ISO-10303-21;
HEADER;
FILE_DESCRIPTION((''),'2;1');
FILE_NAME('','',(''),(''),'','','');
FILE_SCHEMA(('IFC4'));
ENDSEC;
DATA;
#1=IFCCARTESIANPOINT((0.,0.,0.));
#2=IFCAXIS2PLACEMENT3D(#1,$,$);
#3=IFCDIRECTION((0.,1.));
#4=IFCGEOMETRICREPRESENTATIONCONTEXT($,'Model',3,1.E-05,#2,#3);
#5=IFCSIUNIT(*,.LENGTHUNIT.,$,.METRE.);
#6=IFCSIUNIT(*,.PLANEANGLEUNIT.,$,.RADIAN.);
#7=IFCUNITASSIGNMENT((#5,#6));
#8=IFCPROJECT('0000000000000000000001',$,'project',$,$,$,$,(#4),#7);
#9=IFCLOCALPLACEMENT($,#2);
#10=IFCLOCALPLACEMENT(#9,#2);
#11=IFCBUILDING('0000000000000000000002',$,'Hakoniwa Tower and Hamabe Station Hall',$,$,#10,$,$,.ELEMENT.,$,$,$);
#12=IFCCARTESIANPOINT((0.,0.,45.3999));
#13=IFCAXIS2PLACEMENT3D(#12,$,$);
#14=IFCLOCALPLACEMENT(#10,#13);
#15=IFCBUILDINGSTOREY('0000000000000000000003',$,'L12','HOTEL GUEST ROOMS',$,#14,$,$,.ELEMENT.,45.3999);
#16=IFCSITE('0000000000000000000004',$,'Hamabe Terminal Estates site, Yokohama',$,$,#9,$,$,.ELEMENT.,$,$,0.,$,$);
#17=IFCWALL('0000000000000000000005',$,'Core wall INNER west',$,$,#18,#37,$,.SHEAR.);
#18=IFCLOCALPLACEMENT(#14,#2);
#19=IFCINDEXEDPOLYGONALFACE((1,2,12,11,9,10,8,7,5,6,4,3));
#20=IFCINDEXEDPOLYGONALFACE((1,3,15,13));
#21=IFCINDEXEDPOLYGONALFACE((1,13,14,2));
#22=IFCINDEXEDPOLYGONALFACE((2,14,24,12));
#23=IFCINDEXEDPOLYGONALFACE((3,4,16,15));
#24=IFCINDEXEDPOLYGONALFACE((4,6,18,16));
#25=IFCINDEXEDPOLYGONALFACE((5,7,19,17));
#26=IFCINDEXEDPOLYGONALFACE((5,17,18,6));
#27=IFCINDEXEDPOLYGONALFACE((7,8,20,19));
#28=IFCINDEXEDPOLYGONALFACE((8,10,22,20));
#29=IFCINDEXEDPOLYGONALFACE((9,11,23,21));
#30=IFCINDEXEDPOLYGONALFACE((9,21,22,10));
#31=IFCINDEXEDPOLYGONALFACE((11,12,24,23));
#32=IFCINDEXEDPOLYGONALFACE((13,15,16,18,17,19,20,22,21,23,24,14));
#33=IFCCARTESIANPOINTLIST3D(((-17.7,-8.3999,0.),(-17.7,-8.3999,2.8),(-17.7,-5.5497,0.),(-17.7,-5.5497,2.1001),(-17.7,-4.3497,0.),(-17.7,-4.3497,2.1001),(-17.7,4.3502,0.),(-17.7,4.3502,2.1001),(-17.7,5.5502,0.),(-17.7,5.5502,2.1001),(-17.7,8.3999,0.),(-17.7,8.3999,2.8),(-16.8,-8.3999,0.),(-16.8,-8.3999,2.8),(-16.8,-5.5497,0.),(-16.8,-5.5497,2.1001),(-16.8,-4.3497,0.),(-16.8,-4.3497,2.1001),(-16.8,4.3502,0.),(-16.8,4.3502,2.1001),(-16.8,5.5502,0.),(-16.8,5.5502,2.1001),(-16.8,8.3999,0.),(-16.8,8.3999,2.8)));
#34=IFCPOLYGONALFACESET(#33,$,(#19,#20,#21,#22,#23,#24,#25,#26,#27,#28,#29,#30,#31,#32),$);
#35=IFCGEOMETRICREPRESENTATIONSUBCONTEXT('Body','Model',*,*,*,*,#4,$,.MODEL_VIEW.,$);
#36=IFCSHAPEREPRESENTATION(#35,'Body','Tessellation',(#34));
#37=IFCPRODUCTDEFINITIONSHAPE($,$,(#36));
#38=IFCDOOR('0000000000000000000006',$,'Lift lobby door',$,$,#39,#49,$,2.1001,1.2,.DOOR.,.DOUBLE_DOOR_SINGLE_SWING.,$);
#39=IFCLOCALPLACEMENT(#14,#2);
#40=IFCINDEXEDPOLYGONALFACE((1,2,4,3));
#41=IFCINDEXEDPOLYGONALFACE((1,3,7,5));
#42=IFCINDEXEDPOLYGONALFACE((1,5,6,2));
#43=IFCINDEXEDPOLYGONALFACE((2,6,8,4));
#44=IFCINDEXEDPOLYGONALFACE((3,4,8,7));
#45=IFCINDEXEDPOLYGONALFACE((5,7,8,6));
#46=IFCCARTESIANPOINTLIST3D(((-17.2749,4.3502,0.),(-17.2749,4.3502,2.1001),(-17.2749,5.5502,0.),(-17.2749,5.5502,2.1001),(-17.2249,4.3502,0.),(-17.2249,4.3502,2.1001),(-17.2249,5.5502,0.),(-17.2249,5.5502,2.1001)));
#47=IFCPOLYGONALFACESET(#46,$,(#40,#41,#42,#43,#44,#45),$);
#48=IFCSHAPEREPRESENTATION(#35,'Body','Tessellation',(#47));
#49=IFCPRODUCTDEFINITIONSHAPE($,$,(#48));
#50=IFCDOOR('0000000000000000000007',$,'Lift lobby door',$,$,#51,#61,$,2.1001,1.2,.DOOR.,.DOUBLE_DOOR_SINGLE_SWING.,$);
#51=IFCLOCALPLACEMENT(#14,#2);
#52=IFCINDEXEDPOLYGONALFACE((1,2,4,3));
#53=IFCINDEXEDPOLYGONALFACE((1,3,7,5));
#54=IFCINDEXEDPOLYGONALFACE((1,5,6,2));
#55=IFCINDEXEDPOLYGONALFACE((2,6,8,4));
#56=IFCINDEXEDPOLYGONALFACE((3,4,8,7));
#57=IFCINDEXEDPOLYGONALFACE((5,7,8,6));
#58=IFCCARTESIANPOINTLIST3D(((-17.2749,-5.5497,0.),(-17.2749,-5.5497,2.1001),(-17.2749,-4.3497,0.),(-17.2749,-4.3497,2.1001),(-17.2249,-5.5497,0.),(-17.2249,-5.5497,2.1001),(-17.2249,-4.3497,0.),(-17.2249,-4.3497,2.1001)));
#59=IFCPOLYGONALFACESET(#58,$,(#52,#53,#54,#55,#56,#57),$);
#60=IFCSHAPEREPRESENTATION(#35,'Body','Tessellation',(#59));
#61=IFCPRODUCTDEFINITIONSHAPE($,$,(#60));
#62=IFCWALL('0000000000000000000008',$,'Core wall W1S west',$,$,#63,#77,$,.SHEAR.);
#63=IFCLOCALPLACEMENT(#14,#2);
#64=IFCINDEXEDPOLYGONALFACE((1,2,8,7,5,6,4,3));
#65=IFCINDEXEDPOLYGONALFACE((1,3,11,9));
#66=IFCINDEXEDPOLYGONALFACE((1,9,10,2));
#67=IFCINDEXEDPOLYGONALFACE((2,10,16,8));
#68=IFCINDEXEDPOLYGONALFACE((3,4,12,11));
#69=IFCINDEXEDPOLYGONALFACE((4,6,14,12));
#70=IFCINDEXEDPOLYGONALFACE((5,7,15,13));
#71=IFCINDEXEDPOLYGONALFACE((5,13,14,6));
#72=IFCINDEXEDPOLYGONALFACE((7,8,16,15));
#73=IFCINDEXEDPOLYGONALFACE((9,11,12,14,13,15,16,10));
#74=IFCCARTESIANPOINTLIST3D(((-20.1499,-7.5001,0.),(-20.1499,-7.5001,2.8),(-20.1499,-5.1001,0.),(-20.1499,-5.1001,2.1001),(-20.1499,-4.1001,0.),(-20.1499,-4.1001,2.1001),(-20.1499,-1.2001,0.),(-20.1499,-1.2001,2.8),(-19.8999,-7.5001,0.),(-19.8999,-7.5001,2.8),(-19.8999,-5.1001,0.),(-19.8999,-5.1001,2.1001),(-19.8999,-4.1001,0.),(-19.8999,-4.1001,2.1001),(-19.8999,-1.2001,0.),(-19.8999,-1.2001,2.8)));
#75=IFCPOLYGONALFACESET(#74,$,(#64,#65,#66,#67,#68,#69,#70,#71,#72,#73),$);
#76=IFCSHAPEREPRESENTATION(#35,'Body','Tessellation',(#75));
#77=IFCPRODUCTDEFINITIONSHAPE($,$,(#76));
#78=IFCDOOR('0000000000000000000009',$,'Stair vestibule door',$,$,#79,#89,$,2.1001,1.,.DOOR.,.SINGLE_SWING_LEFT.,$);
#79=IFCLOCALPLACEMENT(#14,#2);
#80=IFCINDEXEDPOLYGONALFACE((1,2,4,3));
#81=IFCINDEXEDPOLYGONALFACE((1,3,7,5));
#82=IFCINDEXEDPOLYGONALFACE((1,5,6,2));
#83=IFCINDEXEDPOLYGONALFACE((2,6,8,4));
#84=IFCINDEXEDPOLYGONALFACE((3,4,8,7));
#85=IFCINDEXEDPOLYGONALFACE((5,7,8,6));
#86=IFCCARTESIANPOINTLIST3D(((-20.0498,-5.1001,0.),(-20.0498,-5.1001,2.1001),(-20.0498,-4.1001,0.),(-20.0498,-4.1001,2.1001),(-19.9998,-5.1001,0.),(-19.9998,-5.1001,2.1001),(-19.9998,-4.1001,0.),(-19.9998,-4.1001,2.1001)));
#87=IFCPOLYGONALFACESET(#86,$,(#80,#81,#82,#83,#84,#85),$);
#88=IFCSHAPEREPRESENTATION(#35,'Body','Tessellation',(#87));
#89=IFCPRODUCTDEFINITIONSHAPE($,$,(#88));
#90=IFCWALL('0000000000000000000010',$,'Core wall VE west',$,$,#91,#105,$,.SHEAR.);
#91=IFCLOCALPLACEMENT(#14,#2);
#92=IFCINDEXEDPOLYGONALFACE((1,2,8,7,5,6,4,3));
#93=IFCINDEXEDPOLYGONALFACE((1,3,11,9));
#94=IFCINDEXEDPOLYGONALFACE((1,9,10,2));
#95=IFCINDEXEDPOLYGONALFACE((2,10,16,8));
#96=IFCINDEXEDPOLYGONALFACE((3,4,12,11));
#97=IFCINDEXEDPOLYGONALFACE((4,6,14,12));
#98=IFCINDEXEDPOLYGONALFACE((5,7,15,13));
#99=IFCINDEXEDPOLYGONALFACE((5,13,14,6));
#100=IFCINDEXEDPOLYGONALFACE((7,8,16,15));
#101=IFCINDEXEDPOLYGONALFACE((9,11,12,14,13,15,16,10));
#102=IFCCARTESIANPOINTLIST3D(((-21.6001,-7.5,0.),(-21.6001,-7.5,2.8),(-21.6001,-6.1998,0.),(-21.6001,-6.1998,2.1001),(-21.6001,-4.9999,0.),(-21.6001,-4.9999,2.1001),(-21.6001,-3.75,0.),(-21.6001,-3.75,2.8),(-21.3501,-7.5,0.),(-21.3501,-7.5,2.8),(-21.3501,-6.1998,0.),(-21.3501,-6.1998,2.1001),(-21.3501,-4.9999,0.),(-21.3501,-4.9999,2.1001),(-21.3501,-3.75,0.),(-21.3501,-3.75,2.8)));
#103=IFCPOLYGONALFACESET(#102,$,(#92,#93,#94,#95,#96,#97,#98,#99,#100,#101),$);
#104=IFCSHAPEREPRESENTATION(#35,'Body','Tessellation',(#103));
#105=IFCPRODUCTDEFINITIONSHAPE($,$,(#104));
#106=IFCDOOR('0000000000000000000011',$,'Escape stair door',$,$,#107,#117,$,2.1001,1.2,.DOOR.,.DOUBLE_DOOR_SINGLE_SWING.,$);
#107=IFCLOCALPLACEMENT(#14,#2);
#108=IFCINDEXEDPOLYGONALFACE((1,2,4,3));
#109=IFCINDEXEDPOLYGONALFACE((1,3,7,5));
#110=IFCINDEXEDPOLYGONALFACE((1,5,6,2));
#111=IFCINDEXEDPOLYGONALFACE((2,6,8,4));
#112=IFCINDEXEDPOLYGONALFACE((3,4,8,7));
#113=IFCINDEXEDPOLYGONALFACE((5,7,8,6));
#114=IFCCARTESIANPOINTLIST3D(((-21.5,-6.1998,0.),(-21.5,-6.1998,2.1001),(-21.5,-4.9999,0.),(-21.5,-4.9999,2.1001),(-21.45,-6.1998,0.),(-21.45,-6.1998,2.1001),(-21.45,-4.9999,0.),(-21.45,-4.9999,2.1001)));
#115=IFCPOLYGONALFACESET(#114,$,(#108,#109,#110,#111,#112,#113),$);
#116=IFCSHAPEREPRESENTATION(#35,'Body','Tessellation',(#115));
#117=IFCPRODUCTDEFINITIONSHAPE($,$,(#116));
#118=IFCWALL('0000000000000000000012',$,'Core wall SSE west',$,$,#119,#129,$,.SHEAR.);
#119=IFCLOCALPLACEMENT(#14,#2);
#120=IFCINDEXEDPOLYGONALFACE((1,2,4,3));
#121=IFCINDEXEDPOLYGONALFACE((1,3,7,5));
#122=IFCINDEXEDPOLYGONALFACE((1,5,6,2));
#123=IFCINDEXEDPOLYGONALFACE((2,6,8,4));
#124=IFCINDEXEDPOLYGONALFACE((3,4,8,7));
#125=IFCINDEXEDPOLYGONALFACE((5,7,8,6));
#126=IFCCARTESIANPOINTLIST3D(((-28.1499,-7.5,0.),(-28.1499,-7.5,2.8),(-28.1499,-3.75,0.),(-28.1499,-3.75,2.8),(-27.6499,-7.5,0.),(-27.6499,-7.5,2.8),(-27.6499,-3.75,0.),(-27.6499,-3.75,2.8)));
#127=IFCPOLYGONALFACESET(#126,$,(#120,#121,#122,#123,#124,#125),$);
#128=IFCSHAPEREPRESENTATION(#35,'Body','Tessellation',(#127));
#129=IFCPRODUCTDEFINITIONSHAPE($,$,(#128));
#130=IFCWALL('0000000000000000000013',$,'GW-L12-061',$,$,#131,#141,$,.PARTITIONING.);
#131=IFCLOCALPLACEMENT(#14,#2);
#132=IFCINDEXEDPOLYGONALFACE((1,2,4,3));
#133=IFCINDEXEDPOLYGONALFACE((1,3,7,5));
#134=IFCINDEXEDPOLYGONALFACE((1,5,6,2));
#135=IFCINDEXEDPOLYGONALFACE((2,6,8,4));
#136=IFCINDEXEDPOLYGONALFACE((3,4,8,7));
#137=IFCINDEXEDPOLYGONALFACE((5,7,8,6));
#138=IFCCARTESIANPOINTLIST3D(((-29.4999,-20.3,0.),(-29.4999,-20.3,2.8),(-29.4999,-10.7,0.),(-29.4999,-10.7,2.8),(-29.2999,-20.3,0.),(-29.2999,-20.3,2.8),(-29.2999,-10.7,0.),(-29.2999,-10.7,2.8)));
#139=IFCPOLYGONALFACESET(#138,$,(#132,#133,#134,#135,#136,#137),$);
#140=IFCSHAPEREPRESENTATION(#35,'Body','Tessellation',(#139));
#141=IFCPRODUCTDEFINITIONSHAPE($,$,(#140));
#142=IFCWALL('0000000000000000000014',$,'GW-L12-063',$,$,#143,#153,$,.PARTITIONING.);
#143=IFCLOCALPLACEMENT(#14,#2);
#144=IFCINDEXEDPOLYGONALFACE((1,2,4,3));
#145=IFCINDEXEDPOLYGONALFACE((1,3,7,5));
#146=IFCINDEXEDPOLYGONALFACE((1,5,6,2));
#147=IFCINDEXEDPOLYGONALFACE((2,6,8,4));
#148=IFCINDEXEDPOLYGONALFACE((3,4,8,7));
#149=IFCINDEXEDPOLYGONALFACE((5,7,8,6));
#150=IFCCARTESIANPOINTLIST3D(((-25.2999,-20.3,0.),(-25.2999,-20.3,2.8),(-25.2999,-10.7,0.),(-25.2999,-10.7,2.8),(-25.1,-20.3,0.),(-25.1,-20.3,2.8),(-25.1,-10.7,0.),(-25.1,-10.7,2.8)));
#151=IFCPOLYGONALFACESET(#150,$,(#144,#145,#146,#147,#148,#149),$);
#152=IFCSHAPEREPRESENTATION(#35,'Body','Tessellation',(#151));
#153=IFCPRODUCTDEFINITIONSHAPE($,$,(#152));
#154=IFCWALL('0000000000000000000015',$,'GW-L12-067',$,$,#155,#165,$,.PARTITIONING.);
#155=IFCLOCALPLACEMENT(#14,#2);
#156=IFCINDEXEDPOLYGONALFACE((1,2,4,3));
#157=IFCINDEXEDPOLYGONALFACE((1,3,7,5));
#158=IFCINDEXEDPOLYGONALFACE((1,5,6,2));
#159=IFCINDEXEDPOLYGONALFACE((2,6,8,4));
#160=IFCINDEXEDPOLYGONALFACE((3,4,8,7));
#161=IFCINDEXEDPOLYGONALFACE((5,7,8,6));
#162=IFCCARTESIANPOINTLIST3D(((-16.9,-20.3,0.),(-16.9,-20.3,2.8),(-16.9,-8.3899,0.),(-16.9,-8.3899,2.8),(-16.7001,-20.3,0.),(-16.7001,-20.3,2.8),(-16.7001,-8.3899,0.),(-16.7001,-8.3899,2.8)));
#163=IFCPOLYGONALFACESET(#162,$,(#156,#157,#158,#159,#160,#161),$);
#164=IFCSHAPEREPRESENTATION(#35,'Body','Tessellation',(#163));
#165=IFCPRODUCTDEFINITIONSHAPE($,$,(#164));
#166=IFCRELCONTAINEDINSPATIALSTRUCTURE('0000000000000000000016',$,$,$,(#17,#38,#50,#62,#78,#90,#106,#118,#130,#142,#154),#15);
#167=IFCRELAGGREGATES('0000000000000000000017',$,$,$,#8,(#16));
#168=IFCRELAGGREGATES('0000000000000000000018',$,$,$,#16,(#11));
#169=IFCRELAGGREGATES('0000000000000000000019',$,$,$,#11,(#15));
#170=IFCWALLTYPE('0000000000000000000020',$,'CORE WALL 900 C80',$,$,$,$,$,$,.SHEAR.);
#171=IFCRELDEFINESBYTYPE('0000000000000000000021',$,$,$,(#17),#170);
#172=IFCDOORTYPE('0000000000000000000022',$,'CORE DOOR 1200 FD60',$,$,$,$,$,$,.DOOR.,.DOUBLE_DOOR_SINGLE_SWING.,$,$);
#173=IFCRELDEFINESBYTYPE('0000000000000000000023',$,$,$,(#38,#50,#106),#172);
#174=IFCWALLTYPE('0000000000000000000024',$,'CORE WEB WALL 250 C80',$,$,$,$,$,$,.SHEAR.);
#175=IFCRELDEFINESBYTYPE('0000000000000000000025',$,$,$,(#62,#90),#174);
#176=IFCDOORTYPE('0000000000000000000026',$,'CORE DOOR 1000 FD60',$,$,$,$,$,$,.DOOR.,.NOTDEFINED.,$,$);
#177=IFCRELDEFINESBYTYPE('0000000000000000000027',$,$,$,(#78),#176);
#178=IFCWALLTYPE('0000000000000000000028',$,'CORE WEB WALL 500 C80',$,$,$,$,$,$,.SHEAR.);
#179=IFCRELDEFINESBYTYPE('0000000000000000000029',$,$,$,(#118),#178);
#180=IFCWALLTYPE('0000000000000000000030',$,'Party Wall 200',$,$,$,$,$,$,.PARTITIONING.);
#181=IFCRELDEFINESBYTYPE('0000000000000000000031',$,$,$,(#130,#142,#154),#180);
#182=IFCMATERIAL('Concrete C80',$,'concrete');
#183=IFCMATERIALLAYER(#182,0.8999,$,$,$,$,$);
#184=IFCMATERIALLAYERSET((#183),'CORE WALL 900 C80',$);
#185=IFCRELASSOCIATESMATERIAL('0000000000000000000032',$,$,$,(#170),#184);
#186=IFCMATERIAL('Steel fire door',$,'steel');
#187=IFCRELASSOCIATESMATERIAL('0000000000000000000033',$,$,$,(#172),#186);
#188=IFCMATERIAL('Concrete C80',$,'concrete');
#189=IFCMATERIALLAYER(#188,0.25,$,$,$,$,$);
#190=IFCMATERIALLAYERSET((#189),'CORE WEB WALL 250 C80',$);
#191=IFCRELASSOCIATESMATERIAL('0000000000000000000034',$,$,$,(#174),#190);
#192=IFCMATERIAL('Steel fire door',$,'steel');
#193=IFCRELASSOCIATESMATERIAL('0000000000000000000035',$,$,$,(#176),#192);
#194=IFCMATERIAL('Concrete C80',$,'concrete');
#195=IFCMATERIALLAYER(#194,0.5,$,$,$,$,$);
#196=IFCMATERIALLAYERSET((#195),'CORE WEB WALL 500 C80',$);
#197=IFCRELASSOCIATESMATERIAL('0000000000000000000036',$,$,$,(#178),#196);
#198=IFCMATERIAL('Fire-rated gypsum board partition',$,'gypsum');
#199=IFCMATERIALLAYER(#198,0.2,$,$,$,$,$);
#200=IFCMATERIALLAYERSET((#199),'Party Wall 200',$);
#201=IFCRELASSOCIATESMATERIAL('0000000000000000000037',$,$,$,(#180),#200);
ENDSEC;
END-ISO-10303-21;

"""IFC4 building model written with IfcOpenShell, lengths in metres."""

from ifc_helpers import new_model, si_unit, direction, frame, frame_2d, origin, place, context, subcontext, project, spatial, rectangle, extrude, material, layer, layer_set, type_object, element, fill, save


model = new_model("IFC4")

# Units and contexts
model_context = context("Model", 3, precision=1e-05, world=origin(), true_north=direction((0.0, 1.0)))
body_context = subcontext(model_context, "Body", "Model", "MODEL_VIEW")
ifc_project = project(units=[si_unit("LENGTHUNIT", "METRE"), si_unit("PLANEANGLEUNIT", "RADIAN")], contexts=[model_context])

# Site, building, storey
site_placement = place(None, origin())
site = spatial("IfcSite", under=ifc_project, at=site_placement, Name="Hamabe Terminal Estates site, Yokohama", CompositionType="ELEMENT", RefElevation=0.0)
building_placement = place(site_placement, origin())
building = spatial("IfcBuilding", under=site, at=building_placement, Name="Hakoniwa Tower and Hamabe Station Hall", CompositionType="ELEMENT")
storey_placement = place(building_placement, frame((0.0, 0.0, 45.3999)))
storey = spatial("IfcBuildingStorey", under=building, at=storey_placement, Name="L12", Description="HOTEL GUEST ROOMS", CompositionType="ELEMENT", Elevation=45.3999)

# Wall, openings, doors
ifc_material_1 = material(Name="Concrete C80", Category="concrete")
ifc_layer_1 = layer(ifc_material_1, 0.8999)
ifc_layer_set_1 = layer_set([ifc_layer_1], Name="CORE WALL 900 C80")
wall_type_1 = type_object("IfcWallType", Name="CORE WALL 900 C80", PredefinedType="SHEAR", material=ifc_layer_set_1)
wall_1_placement = place(storey_placement, frame((-17.25, -8.3999, 0.0), z_axis=(0.0, 0.0, 1.0), x_axis=(0.0, 1.0, 0.0)))
wall_1 = element("IfcWall", 1, at=wall_1_placement, inside=storey, type_object=wall_type_1, Name="Core wall INNER west", PredefinedType="SHEAR", context=body_context, shape_type="SweptSolid", body=[
    extrude(rectangle(XDim=16.7998, YDim=0.8999, at=frame_2d((8.3999, 0.0))), origin(), (0.0, 0.0, 1.0), 2.8),
])
opening_1_placement = place(wall_1_placement, frame((12.75, 0.0, 0.0)))
opening_1 = element("IfcOpeningElement", 2, at=opening_1_placement, cuts=wall_1, PredefinedType="OPENING", context=body_context, shape_type="SweptSolid", body=[
    extrude(rectangle(XDim=1.2, YDim=2.1001, at=frame_2d((0.6001, 1.05))), frame((0.0, 0.46, 0.0), z_axis=(0.0, -1.0, 0.0), x_axis=(1.0, 0.0, 0.0)), (0.0, 0.0, 1.0), 0.9199),
])
opening_2_placement = place(wall_1_placement, frame((2.8501, 0.0, 0.0)))
opening_2 = element("IfcOpeningElement", 3, at=opening_2_placement, cuts=wall_1, PredefinedType="OPENING", context=body_context, shape_type="SweptSolid", body=[
    extrude(rectangle(XDim=1.2, YDim=2.1001, at=frame_2d((0.6001, 1.05))), frame((0.0, 0.46, 0.0), z_axis=(0.0, -1.0, 0.0), x_axis=(1.0, 0.0, 0.0)), (0.0, 0.0, 1.0), 0.9199),
])
ifc_material_2 = material(Name="Steel fire door", Category="steel")
door_type_1 = type_object("IfcDoorType", Name="CORE DOOR 1200 FD60", OperationType="DOUBLE_DOOR_SINGLE_SWING", PredefinedType="DOOR", material=ifc_material_2)
door_1_placement = place(opening_1_placement, origin())
door_1 = element("IfcDoor", 4, at=door_1_placement, inside=storey, type_object=door_type_1, Name="Lift lobby door", OperationType="DOUBLE_DOOR_SINGLE_SWING", OverallHeight=2.1001, OverallWidth=1.2, PredefinedType="DOOR", context=body_context, shape_type="SweptSolid", body=[
    extrude(rectangle(XDim=1.2, YDim=2.1001, at=frame_2d((0.6001, 1.05))), frame((0.0, 0.0249, 0.0), z_axis=(0.0, -1.0, 0.0), x_axis=(1.0, 0.0, 0.0)), (0.0, 0.0, 1.0), 0.05),
])
fill(opening_1, door_1)
door_2_placement = place(opening_2_placement, origin())
door_2 = element("IfcDoor", 5, at=door_2_placement, inside=storey, type_object=door_type_1, Name="Lift lobby door", OperationType="DOUBLE_DOOR_SINGLE_SWING", OverallHeight=2.1001, OverallWidth=1.2, PredefinedType="DOOR", context=body_context, shape_type="SweptSolid", body=[
    extrude(rectangle(XDim=1.2, YDim=2.1001, at=frame_2d((0.6001, 1.05))), frame((0.0, 0.0249, 0.0), z_axis=(0.0, -1.0, 0.0), x_axis=(1.0, 0.0, 0.0)), (0.0, 0.0, 1.0), 0.05),
])
fill(opening_2, door_2)

# Walls, openings, doors
ifc_material_3 = material(Name="Concrete C80", Category="concrete")
ifc_layer_2 = layer(ifc_material_3, 0.25)
ifc_layer_set_2 = layer_set([ifc_layer_2], Name="CORE WEB WALL 250 C80")
wall_type_2 = type_object("IfcWallType", Name="CORE WEB WALL 250 C80", PredefinedType="SHEAR", material=ifc_layer_set_2)
wall_2_placement = place(storey_placement, frame((-20.0249, -7.5, 0.0), z_axis=(0.0, 0.0, 1.0), x_axis=(0.0, 1.0, 0.0)))
wall_2 = element("IfcWall", 6, at=wall_2_placement, inside=storey, type_object=wall_type_2, Name="Core wall W1S west", PredefinedType="SHEAR", context=body_context, shape_type="SweptSolid", body=[
    extrude(rectangle(XDim=6.3, YDim=0.25, at=frame_2d((3.1499, 0.0))), origin(), (0.0, 0.0, 1.0), 2.8),
])
opening_3_placement = place(wall_2_placement, frame((2.3999, 0.0, 0.0)))
opening_3 = element("IfcOpeningElement", 7, at=opening_3_placement, cuts=wall_2, PredefinedType="OPENING", context=body_context, shape_type="SweptSolid", body=[
    extrude(rectangle(XDim=1.0, YDim=2.1001, at=frame_2d((0.5, 1.05))), frame((0.0, 0.135, 0.0), z_axis=(0.0, -1.0, 0.0), x_axis=(1.0, 0.0, 0.0)), (0.0, 0.0, 1.0), 0.27),
])
ifc_material_4 = material(Name="Steel fire door", Category="steel")
door_type_2 = type_object("IfcDoorType", Name="CORE DOOR 1000 FD60", OperationType="NOTDEFINED", PredefinedType="DOOR", material=ifc_material_4)
door_3_placement = place(opening_3_placement, origin())
door_3 = element("IfcDoor", 8, at=door_3_placement, inside=storey, type_object=door_type_2, Name="Stair vestibule door", OperationType="SINGLE_SWING_LEFT", OverallHeight=2.1001, OverallWidth=1.0, PredefinedType="DOOR", context=body_context, shape_type="SweptSolid", body=[
    extrude(rectangle(XDim=1.0, YDim=2.1001, at=frame_2d((0.5, 1.05))), frame((0.0, 0.0249, 0.0), z_axis=(0.0, -1.0, 0.0), x_axis=(1.0, 0.0, 0.0)), (0.0, 0.0, 1.0), 0.05),
])
fill(opening_3, door_3)
wall_3_placement = place(storey_placement, frame((-21.4751, -7.5, 0.0), z_axis=(0.0, 0.0, 1.0), x_axis=(0.0, 1.0, 0.0)))
wall_3 = element("IfcWall", 9, at=wall_3_placement, inside=storey, type_object=wall_type_2, Name="Core wall VE west", PredefinedType="SHEAR", context=body_context, shape_type="SweptSolid", body=[
    extrude(rectangle(XDim=3.75, YDim=0.25, at=frame_2d((1.875, 0.0))), origin(), (0.0, 0.0, 1.0), 2.8),
])
opening_4_placement = place(wall_3_placement, frame((1.3, 0.0, 0.0)))
opening_4 = element("IfcOpeningElement", 10, at=opening_4_placement, cuts=wall_3, PredefinedType="OPENING", context=body_context, shape_type="SweptSolid", body=[
    extrude(rectangle(XDim=1.2, YDim=2.1001, at=frame_2d((0.6001, 1.05))), frame((0.0, 0.135, 0.0), z_axis=(0.0, -1.0, 0.0), x_axis=(1.0, 0.0, 0.0)), (0.0, 0.0, 1.0), 0.27),
])
door_4_placement = place(opening_4_placement, origin())
door_4 = element("IfcDoor", 11, at=door_4_placement, inside=storey, type_object=door_type_1, Name="Escape stair door", OperationType="DOUBLE_DOOR_SINGLE_SWING", OverallHeight=2.1001, OverallWidth=1.2, PredefinedType="DOOR", context=body_context, shape_type="SweptSolid", body=[
    extrude(rectangle(XDim=1.2, YDim=2.1001, at=frame_2d((0.6001, 1.05))), frame((0.0, 0.0249, 0.0), z_axis=(0.0, -1.0, 0.0), x_axis=(1.0, 0.0, 0.0)), (0.0, 0.0, 1.0), 0.05),
])
fill(opening_4, door_4)

# Walls
ifc_material_5 = material(Name="Concrete C80", Category="concrete")
ifc_layer_3 = layer(ifc_material_5, 0.5)
ifc_layer_set_3 = layer_set([ifc_layer_3], Name="CORE WEB WALL 500 C80")
wall_type_3 = type_object("IfcWallType", Name="CORE WEB WALL 500 C80", PredefinedType="SHEAR", material=ifc_layer_set_3)
wall_4_placement = place(storey_placement, frame((-27.8999, -7.5, 0.0), z_axis=(0.0, 0.0, 1.0), x_axis=(0.0, 1.0, 0.0)))
element("IfcWall", 12, at=wall_4_placement, inside=storey, type_object=wall_type_3, Name="Core wall SSE west", PredefinedType="SHEAR", context=body_context, shape_type="SweptSolid", body=[
    extrude(rectangle(XDim=3.75, YDim=0.5, at=frame_2d((1.875, 0.0))), origin(), (0.0, 0.0, 1.0), 2.8),
])
ifc_material_6 = material(Name="Fire-rated gypsum board partition", Category="gypsum")
ifc_layer_4 = layer(ifc_material_6, 0.2)
ifc_layer_set_4 = layer_set([ifc_layer_4], Name="Party Wall 200")
wall_type_4 = type_object("IfcWallType", Name="Party Wall 200", PredefinedType="PARTITIONING", material=ifc_layer_set_4)
for number, where, z_axis, x_axis, name in (
    (13, (-29.3999, -20.3, 0.0), (0.0, 0.0, 1.0), (0.0, 1.0, 0.0), "GW-L12-061"),
    (14, (-25.2, -20.3, 0.0), (0.0, 0.0, 1.0), (0.0, 1.0, 0.0), "GW-L12-063"),
):
    element("IfcWall", number, at=place(storey_placement, frame(where, z_axis=z_axis, x_axis=x_axis)), inside=storey, type_object=wall_type_4, Name=name, PredefinedType="PARTITIONING", context=body_context, shape_type="SweptSolid", body=[
        extrude(rectangle(XDim=9.6001, YDim=0.2, at=frame_2d((4.8, 0.0))), origin(), (0.0, 0.0, 1.0), 2.8),
    ])
wall_5_placement = place(storey_placement, frame((-16.8, -20.3, 0.0), z_axis=(0.0, 0.0, 1.0), x_axis=(0.0, 1.0, 0.0)))
element("IfcWall", 15, at=wall_5_placement, inside=storey, type_object=wall_type_4, Name="GW-L12-067", PredefinedType="PARTITIONING", context=body_context, shape_type="SweptSolid", body=[
    extrude(rectangle(XDim=11.9102, YDim=0.2, at=frame_2d((5.9551, 0.0))), origin(), (0.0, 0.0, 1.0), 2.8),
])

save(model, "model.ifc")
